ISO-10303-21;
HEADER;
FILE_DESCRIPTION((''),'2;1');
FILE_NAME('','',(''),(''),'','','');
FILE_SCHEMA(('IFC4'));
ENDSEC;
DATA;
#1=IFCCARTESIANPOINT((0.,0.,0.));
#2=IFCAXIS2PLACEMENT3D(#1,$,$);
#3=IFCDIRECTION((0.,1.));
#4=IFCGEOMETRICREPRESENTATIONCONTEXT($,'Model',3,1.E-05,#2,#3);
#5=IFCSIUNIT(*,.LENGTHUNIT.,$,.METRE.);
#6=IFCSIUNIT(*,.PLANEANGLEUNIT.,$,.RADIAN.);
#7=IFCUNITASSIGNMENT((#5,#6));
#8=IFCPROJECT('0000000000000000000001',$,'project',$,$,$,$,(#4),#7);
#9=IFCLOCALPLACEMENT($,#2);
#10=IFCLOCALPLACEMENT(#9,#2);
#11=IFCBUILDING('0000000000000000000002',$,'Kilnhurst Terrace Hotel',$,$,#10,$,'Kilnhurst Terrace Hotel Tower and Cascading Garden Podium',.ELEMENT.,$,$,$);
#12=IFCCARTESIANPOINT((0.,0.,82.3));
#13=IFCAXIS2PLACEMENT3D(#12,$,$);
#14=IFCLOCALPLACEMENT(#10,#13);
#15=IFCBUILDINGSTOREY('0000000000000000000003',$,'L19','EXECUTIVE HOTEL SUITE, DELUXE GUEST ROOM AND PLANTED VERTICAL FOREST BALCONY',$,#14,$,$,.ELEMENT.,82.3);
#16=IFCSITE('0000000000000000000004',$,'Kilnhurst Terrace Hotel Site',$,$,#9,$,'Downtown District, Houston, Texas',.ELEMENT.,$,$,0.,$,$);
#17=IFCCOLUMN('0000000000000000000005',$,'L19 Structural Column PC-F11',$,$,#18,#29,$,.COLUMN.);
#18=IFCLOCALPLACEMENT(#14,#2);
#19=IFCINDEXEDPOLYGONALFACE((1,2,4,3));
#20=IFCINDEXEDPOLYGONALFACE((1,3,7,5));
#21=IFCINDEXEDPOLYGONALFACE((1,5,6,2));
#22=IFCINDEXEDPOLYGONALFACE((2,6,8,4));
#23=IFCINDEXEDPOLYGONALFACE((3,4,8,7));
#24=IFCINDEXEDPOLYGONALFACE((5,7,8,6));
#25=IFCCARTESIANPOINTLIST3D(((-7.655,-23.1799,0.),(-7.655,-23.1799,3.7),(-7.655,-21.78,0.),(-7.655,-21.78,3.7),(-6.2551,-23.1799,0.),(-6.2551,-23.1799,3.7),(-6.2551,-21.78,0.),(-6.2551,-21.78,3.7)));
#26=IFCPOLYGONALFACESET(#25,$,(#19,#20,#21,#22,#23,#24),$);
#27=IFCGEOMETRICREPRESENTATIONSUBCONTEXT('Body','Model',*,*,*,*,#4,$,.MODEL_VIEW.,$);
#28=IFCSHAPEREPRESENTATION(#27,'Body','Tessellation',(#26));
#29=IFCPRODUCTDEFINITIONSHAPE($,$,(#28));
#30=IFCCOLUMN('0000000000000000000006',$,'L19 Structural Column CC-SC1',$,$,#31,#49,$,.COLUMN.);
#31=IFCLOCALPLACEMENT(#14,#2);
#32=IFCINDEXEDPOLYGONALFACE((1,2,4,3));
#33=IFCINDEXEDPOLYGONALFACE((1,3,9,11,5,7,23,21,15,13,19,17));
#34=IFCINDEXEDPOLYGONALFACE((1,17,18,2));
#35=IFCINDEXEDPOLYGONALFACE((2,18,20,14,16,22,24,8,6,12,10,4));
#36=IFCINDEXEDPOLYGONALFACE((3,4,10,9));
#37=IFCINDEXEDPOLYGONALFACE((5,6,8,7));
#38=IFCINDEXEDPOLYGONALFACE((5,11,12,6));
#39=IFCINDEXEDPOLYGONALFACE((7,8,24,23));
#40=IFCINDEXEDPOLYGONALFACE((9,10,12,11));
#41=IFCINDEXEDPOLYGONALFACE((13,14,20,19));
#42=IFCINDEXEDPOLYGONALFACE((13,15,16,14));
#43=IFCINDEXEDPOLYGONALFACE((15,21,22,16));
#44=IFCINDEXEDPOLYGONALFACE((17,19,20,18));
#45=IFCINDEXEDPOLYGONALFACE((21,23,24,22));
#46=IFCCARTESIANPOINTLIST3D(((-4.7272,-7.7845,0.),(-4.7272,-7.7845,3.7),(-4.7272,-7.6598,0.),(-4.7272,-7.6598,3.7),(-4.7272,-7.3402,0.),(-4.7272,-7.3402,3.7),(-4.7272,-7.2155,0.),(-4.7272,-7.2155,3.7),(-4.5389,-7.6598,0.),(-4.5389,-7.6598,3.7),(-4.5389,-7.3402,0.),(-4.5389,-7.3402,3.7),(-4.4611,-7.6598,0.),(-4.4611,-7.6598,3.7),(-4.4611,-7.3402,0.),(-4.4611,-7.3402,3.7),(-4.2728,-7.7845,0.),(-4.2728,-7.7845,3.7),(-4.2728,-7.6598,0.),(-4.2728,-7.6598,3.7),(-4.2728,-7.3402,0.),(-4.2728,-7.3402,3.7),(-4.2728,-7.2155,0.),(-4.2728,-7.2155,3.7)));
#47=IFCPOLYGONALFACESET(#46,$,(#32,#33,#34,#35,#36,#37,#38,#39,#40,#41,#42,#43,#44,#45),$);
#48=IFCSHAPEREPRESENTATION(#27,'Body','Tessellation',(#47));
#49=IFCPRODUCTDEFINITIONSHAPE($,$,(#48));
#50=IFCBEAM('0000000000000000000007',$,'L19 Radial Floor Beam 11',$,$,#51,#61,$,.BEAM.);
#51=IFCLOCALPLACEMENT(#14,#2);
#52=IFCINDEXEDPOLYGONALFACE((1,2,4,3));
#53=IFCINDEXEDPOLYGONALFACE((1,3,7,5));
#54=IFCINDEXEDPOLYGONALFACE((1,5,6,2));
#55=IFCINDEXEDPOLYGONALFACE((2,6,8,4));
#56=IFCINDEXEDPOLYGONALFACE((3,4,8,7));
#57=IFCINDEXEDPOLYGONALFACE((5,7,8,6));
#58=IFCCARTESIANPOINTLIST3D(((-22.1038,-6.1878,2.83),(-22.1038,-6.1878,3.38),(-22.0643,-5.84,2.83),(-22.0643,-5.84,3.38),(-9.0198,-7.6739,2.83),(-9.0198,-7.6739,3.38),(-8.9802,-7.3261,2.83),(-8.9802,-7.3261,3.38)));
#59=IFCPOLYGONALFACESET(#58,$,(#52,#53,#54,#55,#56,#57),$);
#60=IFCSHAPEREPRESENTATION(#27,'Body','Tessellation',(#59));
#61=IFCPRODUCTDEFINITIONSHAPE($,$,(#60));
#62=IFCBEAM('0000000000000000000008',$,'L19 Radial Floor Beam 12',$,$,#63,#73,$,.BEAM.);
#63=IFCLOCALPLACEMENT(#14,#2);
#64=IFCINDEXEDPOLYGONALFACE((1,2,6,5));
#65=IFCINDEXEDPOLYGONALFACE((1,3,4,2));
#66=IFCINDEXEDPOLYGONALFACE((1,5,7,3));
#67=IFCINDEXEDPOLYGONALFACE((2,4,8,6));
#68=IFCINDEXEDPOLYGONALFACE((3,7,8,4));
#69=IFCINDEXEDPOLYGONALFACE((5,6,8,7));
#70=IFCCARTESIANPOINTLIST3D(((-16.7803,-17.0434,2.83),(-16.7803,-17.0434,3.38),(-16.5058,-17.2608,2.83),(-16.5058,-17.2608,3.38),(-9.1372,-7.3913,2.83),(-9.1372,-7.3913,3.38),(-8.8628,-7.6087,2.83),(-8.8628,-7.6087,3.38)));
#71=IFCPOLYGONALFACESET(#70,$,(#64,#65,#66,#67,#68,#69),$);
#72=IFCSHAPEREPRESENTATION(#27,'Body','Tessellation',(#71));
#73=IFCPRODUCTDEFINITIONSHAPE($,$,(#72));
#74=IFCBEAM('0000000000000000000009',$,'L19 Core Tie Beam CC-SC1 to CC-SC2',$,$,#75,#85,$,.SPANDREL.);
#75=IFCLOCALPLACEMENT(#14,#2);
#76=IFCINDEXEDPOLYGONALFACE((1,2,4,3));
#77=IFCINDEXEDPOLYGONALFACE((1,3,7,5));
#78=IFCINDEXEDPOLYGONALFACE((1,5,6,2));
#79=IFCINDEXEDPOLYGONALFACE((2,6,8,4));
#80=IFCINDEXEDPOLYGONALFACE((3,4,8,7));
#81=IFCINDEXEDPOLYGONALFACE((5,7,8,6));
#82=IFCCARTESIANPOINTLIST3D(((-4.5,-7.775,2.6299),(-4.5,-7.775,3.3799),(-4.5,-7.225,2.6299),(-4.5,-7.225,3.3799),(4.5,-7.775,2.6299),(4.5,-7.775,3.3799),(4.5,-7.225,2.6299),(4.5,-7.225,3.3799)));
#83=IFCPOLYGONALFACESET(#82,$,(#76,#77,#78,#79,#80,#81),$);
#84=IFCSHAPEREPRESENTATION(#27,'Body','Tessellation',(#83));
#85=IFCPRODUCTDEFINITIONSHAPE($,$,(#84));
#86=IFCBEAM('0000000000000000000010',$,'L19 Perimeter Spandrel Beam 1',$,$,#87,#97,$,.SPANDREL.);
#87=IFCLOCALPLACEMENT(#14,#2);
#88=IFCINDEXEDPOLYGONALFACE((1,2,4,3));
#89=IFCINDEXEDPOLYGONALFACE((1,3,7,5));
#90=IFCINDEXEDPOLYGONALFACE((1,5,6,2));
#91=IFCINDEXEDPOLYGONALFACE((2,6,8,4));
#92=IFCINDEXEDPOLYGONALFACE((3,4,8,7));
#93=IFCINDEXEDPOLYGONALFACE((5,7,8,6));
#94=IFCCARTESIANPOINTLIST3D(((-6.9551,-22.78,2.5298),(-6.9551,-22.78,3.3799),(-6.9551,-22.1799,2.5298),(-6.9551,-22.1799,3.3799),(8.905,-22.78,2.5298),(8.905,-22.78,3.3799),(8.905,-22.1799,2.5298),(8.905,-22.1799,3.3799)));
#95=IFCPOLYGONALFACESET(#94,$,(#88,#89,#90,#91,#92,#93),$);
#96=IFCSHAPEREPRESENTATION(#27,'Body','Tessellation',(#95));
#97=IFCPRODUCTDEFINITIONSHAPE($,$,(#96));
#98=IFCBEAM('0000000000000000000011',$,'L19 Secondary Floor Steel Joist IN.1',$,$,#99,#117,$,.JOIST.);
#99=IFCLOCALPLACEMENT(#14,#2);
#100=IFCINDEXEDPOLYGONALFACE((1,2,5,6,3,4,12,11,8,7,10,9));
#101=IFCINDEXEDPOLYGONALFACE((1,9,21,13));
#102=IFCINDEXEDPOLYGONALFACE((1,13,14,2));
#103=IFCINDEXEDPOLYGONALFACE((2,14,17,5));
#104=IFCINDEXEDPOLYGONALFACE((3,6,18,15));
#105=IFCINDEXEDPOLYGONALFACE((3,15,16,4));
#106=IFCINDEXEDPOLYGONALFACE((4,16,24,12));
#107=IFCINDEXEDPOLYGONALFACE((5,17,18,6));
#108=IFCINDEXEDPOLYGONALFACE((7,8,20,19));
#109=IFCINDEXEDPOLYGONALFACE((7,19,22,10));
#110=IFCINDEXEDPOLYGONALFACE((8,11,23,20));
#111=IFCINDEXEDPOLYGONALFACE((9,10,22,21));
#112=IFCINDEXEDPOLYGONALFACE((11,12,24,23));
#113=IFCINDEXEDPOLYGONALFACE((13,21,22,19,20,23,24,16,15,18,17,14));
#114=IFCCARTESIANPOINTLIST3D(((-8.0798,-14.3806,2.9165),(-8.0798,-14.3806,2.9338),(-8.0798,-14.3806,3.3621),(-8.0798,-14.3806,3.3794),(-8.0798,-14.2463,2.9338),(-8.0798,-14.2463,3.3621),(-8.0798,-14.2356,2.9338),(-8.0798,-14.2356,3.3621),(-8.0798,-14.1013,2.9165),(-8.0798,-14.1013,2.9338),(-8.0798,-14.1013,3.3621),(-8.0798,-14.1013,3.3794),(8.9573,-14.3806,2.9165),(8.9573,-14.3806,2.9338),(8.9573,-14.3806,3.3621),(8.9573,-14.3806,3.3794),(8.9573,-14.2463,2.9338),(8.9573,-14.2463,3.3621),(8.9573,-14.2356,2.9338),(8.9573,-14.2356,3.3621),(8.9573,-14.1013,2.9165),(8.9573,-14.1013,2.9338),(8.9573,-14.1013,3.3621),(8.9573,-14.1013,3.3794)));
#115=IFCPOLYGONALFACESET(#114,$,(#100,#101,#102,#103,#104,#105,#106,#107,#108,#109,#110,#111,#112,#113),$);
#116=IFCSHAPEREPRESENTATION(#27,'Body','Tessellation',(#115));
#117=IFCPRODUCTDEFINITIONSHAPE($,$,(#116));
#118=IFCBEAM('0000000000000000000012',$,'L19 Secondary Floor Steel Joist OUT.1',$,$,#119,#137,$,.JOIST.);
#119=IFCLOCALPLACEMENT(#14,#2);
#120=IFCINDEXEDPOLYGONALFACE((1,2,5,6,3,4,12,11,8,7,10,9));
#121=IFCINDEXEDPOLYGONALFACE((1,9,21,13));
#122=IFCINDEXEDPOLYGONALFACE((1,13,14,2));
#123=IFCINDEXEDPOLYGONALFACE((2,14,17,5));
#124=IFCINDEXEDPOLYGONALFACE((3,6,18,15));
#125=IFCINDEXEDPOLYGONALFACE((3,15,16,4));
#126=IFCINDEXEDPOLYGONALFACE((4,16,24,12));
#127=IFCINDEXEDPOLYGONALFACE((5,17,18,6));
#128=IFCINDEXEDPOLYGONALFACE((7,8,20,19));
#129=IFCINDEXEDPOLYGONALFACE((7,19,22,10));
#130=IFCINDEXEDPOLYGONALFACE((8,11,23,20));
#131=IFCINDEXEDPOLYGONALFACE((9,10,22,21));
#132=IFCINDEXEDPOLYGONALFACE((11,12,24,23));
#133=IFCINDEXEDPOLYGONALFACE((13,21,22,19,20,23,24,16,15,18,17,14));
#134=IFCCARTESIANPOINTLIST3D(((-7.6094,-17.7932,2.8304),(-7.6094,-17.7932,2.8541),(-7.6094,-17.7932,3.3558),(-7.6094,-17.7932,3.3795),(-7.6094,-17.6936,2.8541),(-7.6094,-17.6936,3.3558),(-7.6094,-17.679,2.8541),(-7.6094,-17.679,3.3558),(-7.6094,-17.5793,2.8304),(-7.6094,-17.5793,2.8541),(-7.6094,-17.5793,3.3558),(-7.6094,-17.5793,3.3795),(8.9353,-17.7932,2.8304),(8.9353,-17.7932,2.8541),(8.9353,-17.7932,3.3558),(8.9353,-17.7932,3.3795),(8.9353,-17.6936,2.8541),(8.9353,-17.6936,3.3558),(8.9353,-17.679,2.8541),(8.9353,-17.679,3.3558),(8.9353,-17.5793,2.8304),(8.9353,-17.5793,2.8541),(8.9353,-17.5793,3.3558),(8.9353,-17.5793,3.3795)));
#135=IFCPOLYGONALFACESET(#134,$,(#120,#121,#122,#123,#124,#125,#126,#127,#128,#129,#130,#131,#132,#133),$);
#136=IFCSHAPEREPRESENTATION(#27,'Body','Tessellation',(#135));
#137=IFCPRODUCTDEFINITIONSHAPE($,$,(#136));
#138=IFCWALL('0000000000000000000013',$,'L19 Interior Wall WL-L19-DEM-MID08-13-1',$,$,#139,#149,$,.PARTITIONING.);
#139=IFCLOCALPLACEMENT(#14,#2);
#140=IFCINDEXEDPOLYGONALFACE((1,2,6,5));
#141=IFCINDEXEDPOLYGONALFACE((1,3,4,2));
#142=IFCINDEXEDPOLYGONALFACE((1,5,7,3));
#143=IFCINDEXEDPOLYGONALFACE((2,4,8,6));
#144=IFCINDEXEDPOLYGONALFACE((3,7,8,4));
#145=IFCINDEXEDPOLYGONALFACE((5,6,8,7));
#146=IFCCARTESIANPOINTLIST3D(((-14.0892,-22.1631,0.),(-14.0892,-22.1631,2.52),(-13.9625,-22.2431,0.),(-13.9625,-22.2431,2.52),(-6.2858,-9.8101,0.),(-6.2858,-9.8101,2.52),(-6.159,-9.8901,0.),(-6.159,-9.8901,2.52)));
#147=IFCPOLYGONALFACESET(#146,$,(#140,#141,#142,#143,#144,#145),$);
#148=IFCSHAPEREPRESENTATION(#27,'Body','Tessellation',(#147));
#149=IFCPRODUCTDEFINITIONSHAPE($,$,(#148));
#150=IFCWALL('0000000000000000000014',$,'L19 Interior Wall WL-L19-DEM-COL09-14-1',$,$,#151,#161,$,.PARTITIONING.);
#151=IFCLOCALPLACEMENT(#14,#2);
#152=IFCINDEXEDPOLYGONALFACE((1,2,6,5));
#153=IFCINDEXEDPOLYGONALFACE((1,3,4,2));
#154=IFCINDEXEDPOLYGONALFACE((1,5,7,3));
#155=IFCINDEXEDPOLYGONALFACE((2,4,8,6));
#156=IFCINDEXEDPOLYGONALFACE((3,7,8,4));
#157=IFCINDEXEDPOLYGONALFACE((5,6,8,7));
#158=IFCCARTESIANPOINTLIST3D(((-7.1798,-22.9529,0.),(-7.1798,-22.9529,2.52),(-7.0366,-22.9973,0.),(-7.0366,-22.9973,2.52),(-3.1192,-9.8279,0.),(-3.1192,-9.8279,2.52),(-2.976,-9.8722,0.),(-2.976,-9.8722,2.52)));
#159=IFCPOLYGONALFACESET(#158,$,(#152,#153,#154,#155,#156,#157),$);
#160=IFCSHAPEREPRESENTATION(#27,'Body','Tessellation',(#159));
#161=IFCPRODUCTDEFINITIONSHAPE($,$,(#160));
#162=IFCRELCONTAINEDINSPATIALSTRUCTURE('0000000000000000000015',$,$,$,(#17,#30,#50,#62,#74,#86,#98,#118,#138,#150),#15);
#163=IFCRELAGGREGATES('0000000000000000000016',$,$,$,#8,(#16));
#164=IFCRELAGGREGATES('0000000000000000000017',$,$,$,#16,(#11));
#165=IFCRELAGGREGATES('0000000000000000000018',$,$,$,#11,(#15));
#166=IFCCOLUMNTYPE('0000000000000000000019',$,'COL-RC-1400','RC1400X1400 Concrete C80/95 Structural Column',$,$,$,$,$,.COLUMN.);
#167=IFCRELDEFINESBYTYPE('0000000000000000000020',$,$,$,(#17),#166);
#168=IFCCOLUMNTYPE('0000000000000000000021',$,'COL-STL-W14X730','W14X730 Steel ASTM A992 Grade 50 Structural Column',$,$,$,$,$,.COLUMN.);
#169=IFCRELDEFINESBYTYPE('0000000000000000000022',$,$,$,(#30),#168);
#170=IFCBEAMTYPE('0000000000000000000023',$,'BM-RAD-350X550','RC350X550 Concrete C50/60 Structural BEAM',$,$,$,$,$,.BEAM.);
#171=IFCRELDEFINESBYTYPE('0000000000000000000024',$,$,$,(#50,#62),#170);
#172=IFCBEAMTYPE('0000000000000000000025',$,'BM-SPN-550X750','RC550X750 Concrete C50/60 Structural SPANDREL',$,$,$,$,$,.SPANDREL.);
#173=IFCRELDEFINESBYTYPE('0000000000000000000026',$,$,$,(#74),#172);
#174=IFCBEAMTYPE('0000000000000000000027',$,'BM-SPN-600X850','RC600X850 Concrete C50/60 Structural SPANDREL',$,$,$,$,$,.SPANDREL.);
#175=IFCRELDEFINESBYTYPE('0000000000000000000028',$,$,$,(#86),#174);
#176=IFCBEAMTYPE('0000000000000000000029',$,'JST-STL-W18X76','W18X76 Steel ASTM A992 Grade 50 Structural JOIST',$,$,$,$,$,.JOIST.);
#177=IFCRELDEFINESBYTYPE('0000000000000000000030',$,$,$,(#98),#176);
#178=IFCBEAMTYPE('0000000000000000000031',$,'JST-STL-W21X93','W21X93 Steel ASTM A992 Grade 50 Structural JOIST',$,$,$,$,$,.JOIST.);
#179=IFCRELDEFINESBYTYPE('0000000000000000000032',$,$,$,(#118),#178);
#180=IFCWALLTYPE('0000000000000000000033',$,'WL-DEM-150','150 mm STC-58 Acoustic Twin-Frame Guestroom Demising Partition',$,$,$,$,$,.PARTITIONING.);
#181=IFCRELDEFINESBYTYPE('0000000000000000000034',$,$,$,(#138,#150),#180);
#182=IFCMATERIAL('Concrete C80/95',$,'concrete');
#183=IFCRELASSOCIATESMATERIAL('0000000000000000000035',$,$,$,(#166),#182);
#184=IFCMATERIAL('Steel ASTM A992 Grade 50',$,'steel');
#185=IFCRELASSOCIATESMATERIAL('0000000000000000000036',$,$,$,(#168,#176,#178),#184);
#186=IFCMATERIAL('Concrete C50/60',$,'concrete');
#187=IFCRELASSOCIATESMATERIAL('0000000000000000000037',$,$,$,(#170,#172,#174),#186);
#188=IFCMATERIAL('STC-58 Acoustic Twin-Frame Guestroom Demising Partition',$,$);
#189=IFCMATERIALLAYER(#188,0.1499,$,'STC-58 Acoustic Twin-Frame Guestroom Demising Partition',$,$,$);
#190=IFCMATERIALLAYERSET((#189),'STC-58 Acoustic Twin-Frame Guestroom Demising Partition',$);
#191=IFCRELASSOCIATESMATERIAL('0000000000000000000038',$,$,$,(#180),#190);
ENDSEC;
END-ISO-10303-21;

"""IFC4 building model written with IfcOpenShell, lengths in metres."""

from ifc_helpers import new_model, si_unit, direction, frame, frame_2d, origin, origin_2d, place, context, subcontext, project, spatial, rectangle, i_section, extrude, material, layer, layer_set, material_profile, profile_set, type_object, element, save


model = new_model("IFC4")

# Units and contexts
model_context = context("Model", 3, precision=1e-05, world=origin(), true_north=direction((0.0, 1.0)))
body_context = subcontext(model_context, "Body", "Model", "MODEL_VIEW")
ifc_project = project(units=[si_unit("LENGTHUNIT", "METRE"), si_unit("PLANEANGLEUNIT", "RADIAN")], contexts=[model_context])

# Site, building, storey
site_placement = place(None, origin())
site = spatial("IfcSite", under=ifc_project, at=site_placement, Name="Kilnhurst Terrace Hotel Site", LongName="Downtown District, Houston, Texas", CompositionType="ELEMENT", RefElevation=0.0)
building_placement = place(site_placement, origin())
building = spatial("IfcBuilding", under=site, at=building_placement, Name="Kilnhurst Terrace Hotel", LongName="Kilnhurst Terrace Hotel Tower and Cascading Garden Podium", CompositionType="ELEMENT")
storey_placement = place(building_placement, frame((0.0, 0.0, 82.3)))
storey = spatial("IfcBuildingStorey", under=building, at=storey_placement, Name="L19", Description="EXECUTIVE HOTEL SUITE, DELUXE GUEST ROOM AND PLANTED VERTICAL FOREST BALCONY", CompositionType="ELEMENT", Elevation=82.3)

# Columns
ifc_material_1 = material(Name="Concrete C80/95", Category="concrete")
ifc_material_profile_1 = material_profile(ifc_material_1, rectangle(XDim=1.3999, YDim=1.3999, at=origin_2d()), Name="RC1400X1400")
ifc_profile_set_1 = profile_set([ifc_material_profile_1], Name="Concrete C80/95")
column_type_1 = type_object("IfcColumnType", Name="COL-RC-1400", Description="RC1400X1400 Concrete C80/95 Structural Column", PredefinedType="COLUMN", material=ifc_profile_set_1)
column_1_placement = place(storey_placement, frame((-6.9551, -22.48, 0.0), z_axis=(0.0, 0.0, 1.0), x_axis=(1.0, 0.0, 0.0)))
element("IfcColumn", 1, at=column_1_placement, inside=storey, type_object=column_type_1, Name="L19 Structural Column PC-F11", PredefinedType="COLUMN", context=body_context, shape_type="SweptSolid", body=[
    extrude(rectangle(XDim=1.3999, YDim=1.3999, at=origin_2d()), origin(), (0.0, 0.0, 1.0), 3.7),
])
ifc_material_2 = material(Name="Steel ASTM A992 Grade 50", Category="steel")
ifc_material_profile_2 = material_profile(ifc_material_2, i_section(OverallWidth=0.4543, OverallDepth=0.5691, WebThickness=0.0779, FlangeThickness=0.1248, at=origin_2d()), Name="W14X730")
ifc_profile_set_2 = profile_set([ifc_material_profile_2], Name="Steel ASTM A992 Grade 50")
column_type_2 = type_object("IfcColumnType", Name="COL-STL-W14X730", Description="W14X730 Steel ASTM A992 Grade 50 Structural Column", PredefinedType="COLUMN", material=ifc_profile_set_2)
column_2_placement = place(storey_placement, frame((-4.5, -7.5, 0.0), z_axis=(0.0, 0.0, 1.0), x_axis=(1.0, 0.0, 0.0)))
element("IfcColumn", 2, at=column_2_placement, inside=storey, type_object=column_type_2, Name="L19 Structural Column CC-SC1", PredefinedType="COLUMN", context=body_context, shape_type="SweptSolid", body=[
    extrude(i_section(OverallWidth=0.4543, OverallDepth=0.5691, WebThickness=0.0779, FlangeThickness=0.1248, at=origin_2d()), origin(), (0.0, 0.0, 1.0), 3.7),
])

# Beams
ifc_material_3 = material(Name="Concrete C50/60", Category="concrete")
ifc_material_profile_3 = material_profile(ifc_material_3, rectangle(XDim=0.3501, YDim=0.55, at=origin_2d()), Name="RC350X550")
ifc_profile_set_3 = profile_set([ifc_material_profile_3], Name="Concrete C50/60")
beam_type_1 = type_object("IfcBeamType", Name="BM-RAD-350X550", Description="RC350X550 Concrete C50/60 Structural BEAM", PredefinedType="BEAM", material=ifc_profile_set_3)
beam_1_placement = place(storey_placement, frame((-9.0, -7.5, 3.105), z_axis=(-0.993611, 0.112855, 0.0), x_axis=(-0.112855, -0.993611, 0.0)))
element("IfcBeam", 3, at=beam_1_placement, inside=storey, type_object=beam_type_1, Name="L19 Radial Floor Beam 11", PredefinedType="BEAM", context=body_context, shape_type="SweptSolid", body=[
    extrude(rectangle(XDim=0.3501, YDim=0.55, at=origin_2d()), origin(), (0.0, 0.0, 1.0), 13.1682),
])
beam_2_placement = place(storey_placement, frame((-9.0, -7.5, 3.105), z_axis=(-0.620794, -0.783974, 0.0), x_axis=(0.783974, -0.620794, 0.0)))
element("IfcBeam", 4, at=beam_2_placement, inside=storey, type_object=beam_type_1, Name="L19 Radial Floor Beam 12", PredefinedType="BEAM", context=body_context, shape_type="SweptSolid", body=[
    extrude(rectangle(XDim=0.3501, YDim=0.55, at=origin_2d()), origin(), (0.0, 0.0, 1.0), 12.3118),
])
ifc_material_profile_4 = material_profile(ifc_material_3, rectangle(XDim=0.55, YDim=0.75, at=origin_2d()), Name="RC550X750")
ifc_profile_set_4 = profile_set([ifc_material_profile_4], Name="Concrete C50/60")
beam_type_2 = type_object("IfcBeamType", Name="BM-SPN-550X750", Description="RC550X750 Concrete C50/60 Structural SPANDREL", PredefinedType="SPANDREL", material=ifc_profile_set_4)
beam_3_placement = place(storey_placement, frame((-4.5, -7.5, 3.0049), z_axis=(1.0, 0.0, 0.0), x_axis=(0.0, 1.0, 0.0)))
element("IfcBeam", 5, at=beam_3_placement, inside=storey, type_object=beam_type_2, Name="L19 Core Tie Beam CC-SC1 to CC-SC2", PredefinedType="SPANDREL", context=body_context, shape_type="SweptSolid", body=[
    extrude(rectangle(XDim=0.55, YDim=0.75, at=origin_2d()), origin(), (0.0, 0.0, 1.0), 9.0),
])
ifc_material_profile_5 = material_profile(ifc_material_3, rectangle(XDim=0.6001, YDim=0.8501, at=origin_2d()), Name="RC600X850")
ifc_profile_set_5 = profile_set([ifc_material_profile_5], Name="Concrete C50/60")
beam_type_3 = type_object("IfcBeamType", Name="BM-SPN-600X850", Description="RC600X850 Concrete C50/60 Structural SPANDREL", PredefinedType="SPANDREL", material=ifc_profile_set_5)
beam_4_placement = place(storey_placement, frame((-6.9551, -22.48, 2.9548), z_axis=(1.0, 0.0, 0.0), x_axis=(0.0, 1.0, 0.0)))
element("IfcBeam", 6, at=beam_4_placement, inside=storey, type_object=beam_type_3, Name="L19 Perimeter Spandrel Beam 1", PredefinedType="SPANDREL", context=body_context, shape_type="SweptSolid", body=[
    extrude(rectangle(XDim=0.6001, YDim=0.8501, at=origin_2d()), origin(), (0.0, 0.0, 1.0), 15.8601),
])
ifc_material_profile_6 = material_profile(ifc_material_2, i_section(OverallWidth=0.2793, OverallDepth=0.4629, WebThickness=0.0107, FlangeThickness=0.0173, at=origin_2d()), Name="W18X76")
ifc_profile_set_6 = profile_set([ifc_material_profile_6], Name="Steel ASTM A992 Grade 50")
beam_type_4 = type_object("IfcBeamType", Name="JST-STL-W18X76", Description="W18X76 Steel ASTM A992 Grade 50 Structural JOIST", PredefinedType="JOIST", material=ifc_profile_set_6)
beam_5_placement = place(storey_placement, frame((-8.0798, -14.241, 3.1479), z_axis=(1.0, 0.0, 0.0), x_axis=(0.0, 1.0, 0.0)))
element("IfcBeam", 7, at=beam_5_placement, inside=storey, type_object=beam_type_4, Name="L19 Secondary Floor Steel Joist IN.1", PredefinedType="JOIST", context=body_context, shape_type="SweptSolid", body=[
    extrude(i_section(OverallWidth=0.2793, OverallDepth=0.4629, WebThickness=0.0107, FlangeThickness=0.0173, at=origin_2d()), origin(), (0.0, 0.0, 1.0), 17.0371),
])
ifc_material_profile_7 = material_profile(ifc_material_2, i_section(OverallWidth=0.2139, OverallDepth=0.5491, WebThickness=0.0146, FlangeThickness=0.0237, at=origin_2d()), Name="W21X93")
ifc_profile_set_7 = profile_set([ifc_material_profile_7], Name="Steel ASTM A992 Grade 50")
beam_type_5 = type_object("IfcBeamType", Name="JST-STL-W21X93", Description="W21X93 Steel ASTM A992 Grade 50 Structural JOIST", PredefinedType="JOIST", material=ifc_profile_set_7)
beam_6_placement = place(storey_placement, frame((-7.6094, -17.6863, 3.105), z_axis=(1.0, 0.0, 0.0), x_axis=(0.0, 1.0, 0.0)))
element("IfcBeam", 8, at=beam_6_placement, inside=storey, type_object=beam_type_5, Name="L19 Secondary Floor Steel Joist OUT.1", PredefinedType="JOIST", context=body_context, shape_type="SweptSolid", body=[
    extrude(i_section(OverallWidth=0.2139, OverallDepth=0.5491, WebThickness=0.0146, FlangeThickness=0.0237, at=origin_2d()), origin(), (0.0, 0.0, 1.0), 16.5447),
])

# Walls
ifc_material_4 = material(Name="STC-58 Acoustic Twin-Frame Guestroom Demising Partition")
ifc_layer_1 = layer(ifc_material_4, 0.1499, Name="STC-58 Acoustic Twin-Frame Guestroom Demising Partition")
ifc_layer_set_1 = layer_set([ifc_layer_1], Name="STC-58 Acoustic Twin-Frame Guestroom Demising Partition")
wall_type_1 = type_object("IfcWallType", Name="WL-DEM-150", Description="150 mm STC-58 Acoustic Twin-Frame Guestroom Demising Partition", PredefinedType="PARTITIONING", material=ifc_layer_set_1)
wall_1_placement = place(storey_placement, frame((-6.2224, -9.8501, 0.0), z_axis=(0.0, 0.0, 1.0), x_axis=(-0.534069, -0.845441, 0.0)))
element("IfcWall", 9, at=wall_1_placement, inside=storey, type_object=wall_type_1, Name="L19 Interior Wall WL-L19-DEM-MID08-13-1", PredefinedType="PARTITIONING", context=body_context, shape_type="SweptSolid", body=[
    extrude(rectangle(XDim=14.6113, YDim=0.1499, at=frame_2d((7.3057, 0.0))), origin(), (0.0, 0.0, 1.0), 2.52),
])
wall_2_placement = place(storey_placement, frame((-3.0476, -9.8501, 0.0), z_axis=(0.0, 0.0, 1.0), x_axis=(-0.295554, -0.955326, 0.0)))
element("IfcWall", 10, at=wall_2_placement, inside=storey, type_object=wall_type_1, Name="L19 Interior Wall WL-L19-DEM-COL09-14-1", PredefinedType="PARTITIONING", context=body_context, shape_type="SweptSolid", body=[
    extrude(rectangle(XDim=13.7388, YDim=0.1499, at=frame_2d((6.8694, 0.0))), origin(), (0.0, 0.0, 1.0), 2.52),
])

save(model, "model.ifc")
